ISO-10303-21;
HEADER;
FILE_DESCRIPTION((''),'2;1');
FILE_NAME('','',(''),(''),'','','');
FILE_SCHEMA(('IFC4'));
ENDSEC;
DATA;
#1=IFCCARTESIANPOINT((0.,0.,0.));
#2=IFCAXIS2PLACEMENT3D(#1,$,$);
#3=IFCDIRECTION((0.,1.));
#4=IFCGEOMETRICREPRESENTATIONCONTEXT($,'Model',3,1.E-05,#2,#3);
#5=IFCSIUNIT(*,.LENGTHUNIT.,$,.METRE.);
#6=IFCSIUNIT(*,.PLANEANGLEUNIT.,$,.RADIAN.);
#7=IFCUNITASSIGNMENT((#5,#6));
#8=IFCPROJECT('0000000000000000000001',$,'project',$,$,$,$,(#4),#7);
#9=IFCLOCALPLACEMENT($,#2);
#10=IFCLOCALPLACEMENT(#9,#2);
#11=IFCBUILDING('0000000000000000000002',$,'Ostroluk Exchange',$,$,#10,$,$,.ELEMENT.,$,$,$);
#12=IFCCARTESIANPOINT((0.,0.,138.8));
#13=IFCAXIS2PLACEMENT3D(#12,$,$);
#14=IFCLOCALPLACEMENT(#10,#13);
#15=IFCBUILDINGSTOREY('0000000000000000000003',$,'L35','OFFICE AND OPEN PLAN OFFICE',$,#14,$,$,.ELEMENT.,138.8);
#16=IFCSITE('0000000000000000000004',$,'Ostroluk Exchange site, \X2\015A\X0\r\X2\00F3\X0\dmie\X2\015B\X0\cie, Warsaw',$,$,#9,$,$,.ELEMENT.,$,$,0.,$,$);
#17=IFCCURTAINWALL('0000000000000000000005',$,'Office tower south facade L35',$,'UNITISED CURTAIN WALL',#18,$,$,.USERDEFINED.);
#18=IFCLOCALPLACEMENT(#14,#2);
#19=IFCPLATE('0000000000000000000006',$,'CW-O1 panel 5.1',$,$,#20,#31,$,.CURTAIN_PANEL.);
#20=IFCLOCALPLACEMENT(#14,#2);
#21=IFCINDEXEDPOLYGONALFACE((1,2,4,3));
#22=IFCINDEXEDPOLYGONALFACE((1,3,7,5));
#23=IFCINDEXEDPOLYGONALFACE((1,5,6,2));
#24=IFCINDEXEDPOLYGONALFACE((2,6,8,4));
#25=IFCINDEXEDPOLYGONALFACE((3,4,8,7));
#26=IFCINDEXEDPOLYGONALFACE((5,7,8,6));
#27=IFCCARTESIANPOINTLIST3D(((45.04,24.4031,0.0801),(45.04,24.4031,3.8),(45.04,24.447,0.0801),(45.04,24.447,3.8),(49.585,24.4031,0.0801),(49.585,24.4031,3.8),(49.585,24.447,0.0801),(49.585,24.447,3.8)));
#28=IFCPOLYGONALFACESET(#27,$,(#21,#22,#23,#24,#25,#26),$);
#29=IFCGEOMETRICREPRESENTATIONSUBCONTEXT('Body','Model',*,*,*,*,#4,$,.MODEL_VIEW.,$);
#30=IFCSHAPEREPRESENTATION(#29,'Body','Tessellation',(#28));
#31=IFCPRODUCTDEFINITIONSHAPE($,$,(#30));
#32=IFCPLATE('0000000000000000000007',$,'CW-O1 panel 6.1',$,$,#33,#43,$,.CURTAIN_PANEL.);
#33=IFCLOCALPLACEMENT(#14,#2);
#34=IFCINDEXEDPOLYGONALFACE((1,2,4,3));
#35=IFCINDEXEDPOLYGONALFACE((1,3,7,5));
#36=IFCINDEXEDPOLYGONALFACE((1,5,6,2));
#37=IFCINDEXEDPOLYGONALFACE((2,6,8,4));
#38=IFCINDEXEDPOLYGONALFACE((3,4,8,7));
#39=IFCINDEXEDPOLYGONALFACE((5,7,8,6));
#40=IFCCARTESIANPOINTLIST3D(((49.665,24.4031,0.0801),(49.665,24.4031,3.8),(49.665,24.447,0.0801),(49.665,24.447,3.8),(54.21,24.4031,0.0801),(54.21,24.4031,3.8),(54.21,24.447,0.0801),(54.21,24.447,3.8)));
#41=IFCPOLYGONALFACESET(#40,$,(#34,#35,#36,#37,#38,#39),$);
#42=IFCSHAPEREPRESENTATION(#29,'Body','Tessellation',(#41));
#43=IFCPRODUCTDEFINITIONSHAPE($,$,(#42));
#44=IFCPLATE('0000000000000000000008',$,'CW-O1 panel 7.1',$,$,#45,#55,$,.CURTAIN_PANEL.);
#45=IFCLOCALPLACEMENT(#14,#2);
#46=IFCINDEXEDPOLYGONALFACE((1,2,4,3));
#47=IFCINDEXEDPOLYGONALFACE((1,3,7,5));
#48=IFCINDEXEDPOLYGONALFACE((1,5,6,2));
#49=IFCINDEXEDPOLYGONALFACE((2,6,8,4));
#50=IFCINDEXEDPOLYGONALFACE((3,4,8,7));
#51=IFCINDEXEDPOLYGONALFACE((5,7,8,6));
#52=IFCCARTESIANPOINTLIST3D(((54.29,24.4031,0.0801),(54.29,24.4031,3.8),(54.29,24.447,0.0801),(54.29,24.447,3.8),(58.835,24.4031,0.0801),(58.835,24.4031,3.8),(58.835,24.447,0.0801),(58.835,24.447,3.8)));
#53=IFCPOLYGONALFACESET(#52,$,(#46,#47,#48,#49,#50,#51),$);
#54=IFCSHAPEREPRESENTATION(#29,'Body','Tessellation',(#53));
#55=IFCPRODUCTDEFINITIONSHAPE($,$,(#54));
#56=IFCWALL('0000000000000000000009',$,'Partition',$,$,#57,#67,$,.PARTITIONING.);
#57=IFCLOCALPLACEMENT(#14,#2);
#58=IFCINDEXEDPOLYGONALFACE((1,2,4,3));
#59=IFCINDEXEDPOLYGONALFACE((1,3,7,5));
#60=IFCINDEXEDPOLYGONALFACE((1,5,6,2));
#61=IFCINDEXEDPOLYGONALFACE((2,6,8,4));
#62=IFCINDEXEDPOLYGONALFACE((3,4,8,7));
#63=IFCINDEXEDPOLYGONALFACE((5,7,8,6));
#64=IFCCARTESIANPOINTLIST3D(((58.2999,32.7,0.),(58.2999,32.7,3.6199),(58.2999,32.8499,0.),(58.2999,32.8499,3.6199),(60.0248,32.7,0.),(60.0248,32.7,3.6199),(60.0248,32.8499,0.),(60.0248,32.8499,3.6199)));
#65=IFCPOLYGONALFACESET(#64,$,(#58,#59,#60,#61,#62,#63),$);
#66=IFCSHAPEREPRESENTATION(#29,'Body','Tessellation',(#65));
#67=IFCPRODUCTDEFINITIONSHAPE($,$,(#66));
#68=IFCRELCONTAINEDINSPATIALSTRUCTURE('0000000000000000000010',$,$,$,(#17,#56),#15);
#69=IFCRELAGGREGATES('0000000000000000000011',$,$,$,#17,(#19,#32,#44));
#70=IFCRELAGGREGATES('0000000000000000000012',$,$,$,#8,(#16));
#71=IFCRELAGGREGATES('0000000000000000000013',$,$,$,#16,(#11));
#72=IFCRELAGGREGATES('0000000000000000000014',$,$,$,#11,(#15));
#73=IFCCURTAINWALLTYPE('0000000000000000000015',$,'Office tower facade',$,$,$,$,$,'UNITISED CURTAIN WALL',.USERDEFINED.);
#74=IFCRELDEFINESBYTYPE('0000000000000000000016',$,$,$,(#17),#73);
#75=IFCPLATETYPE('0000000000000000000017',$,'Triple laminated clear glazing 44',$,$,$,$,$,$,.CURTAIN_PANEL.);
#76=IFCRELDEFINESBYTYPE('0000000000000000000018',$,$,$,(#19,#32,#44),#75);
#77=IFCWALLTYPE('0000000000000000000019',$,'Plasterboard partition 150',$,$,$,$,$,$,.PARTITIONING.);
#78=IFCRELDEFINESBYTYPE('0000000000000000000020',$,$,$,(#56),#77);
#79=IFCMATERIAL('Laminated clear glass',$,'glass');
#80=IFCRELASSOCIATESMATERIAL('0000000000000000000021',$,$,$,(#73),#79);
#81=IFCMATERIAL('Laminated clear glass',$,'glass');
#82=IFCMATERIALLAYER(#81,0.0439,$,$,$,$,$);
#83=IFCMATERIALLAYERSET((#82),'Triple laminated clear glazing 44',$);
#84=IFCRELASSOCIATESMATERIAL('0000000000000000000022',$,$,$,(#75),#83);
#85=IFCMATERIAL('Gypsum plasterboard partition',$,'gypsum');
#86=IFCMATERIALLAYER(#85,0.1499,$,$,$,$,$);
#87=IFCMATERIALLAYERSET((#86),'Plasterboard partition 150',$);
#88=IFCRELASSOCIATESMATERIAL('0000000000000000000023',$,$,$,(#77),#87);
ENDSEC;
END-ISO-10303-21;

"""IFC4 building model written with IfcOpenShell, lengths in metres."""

from ifc_helpers import new_model, si_unit, direction, frame, frame_2d, origin, origin_2d, place, context, subcontext, project, spatial, rectangle, extrude, material, layer, layer_set, type_object, element, aggregate, save


model = new_model("IFC4")

# Units and contexts
model_context = context("Model", 3, precision=1e-05, world=origin(), true_north=direction((0.0, 1.0)))
body_context = subcontext(model_context, "Body", "Model", "MODEL_VIEW")
ifc_project = project(units=[si_unit("LENGTHUNIT", "METRE"), si_unit("PLANEANGLEUNIT", "RADIAN")], contexts=[model_context])

# Site, building, storey
site_placement = place(None, origin())
site = spatial("IfcSite", under=ifc_project, at=site_placement, Name="Ostroluk Exchange site, Śródmieście, Warsaw", CompositionType="ELEMENT", RefElevation=0.0)
building_placement = place(site_placement, origin())
building = spatial("IfcBuilding", under=site, at=building_placement, Name="Ostroluk Exchange", CompositionType="ELEMENT")
storey_placement = place(building_placement, frame((0.0, 0.0, 138.8)))
storey = spatial("IfcBuildingStorey", under=building, at=storey_placement, Name="L35", Description="OFFICE AND OPEN PLAN OFFICE", CompositionType="ELEMENT", Elevation=138.8)

# Curtain wall, plates
ifc_material_1 = material(Name="Laminated clear glass", Category="glass")
curtain_wall_type = type_object("IfcCurtainWallType", Name="Office tower facade", ElementType="UNITISED CURTAIN WALL", PredefinedType="USERDEFINED", material=ifc_material_1)
curtain_wall_placement = place(storey_placement, origin())
curtain_wall = element("IfcCurtainWall", 1, at=curtain_wall_placement, inside=storey, type_object=curtain_wall_type, Name="Office tower south facade L35", ObjectType="UNITISED CURTAIN WALL", PredefinedType="USERDEFINED")
ifc_material_2 = material(Name="Laminated clear glass", Category="glass")
ifc_layer_1 = layer(ifc_material_2, 0.0439)
ifc_layer_set_1 = layer_set([ifc_layer_1], Name="Triple laminated clear glazing 44")
plate_type = type_object("IfcPlateType", Name="Triple laminated clear glazing 44", PredefinedType="CURTAIN_PANEL", material=ifc_layer_set_1)
plate_1_placement = place(storey_placement, frame((47.3125, 24.425, 0.0801), z_axis=(0.0, 0.0, 1.0), x_axis=(1.0, 0.0, 0.0)))
plate_1 = element("IfcPlate", 2, at=plate_1_placement, type_object=plate_type, Name="CW-O1 panel 5.1", PredefinedType="CURTAIN_PANEL", context=body_context, shape_type="SweptSolid", body=[
    extrude(rectangle(XDim=4.5449, YDim=0.0439, at=origin_2d()), origin(), (0.0, 0.0, 1.0), 3.72),
])
plate_2_placement = place(storey_placement, frame((51.9375, 24.425, 0.0801), z_axis=(0.0, 0.0, 1.0), x_axis=(1.0, 0.0, 0.0)))
plate_2 = element("IfcPlate", 3, at=plate_2_placement, type_object=plate_type, Name="CW-O1 panel 6.1", PredefinedType="CURTAIN_PANEL", context=body_context, shape_type="SweptSolid", body=[
    extrude(rectangle(XDim=4.5449, YDim=0.0439, at=origin_2d()), origin(), (0.0, 0.0, 1.0), 3.72),
])
plate_3_placement = place(storey_placement, frame((56.5625, 24.425, 0.0801), z_axis=(0.0, 0.0, 1.0), x_axis=(1.0, 0.0, 0.0)))
plate_3 = element("IfcPlate", 4, at=plate_3_placement, type_object=plate_type, Name="CW-O1 panel 7.1", PredefinedType="CURTAIN_PANEL", context=body_context, shape_type="SweptSolid", body=[
    extrude(rectangle(XDim=4.5449, YDim=0.0439, at=origin_2d()), origin(), (0.0, 0.0, 1.0), 3.72),
])
aggregate(curtain_wall, [plate_1, plate_2, plate_3])

# Wall
ifc_material_3 = material(Name="Gypsum plasterboard partition", Category="gypsum")
ifc_layer_2 = layer(ifc_material_3, 0.1499)
ifc_layer_set_2 = layer_set([ifc_layer_2], Name="Plasterboard partition 150")
wall_type = type_object("IfcWallType", Name="Plasterboard partition 150", PredefinedType="PARTITIONING", material=ifc_layer_set_2)
wall_placement = place(storey_placement, frame((58.3, 32.7749, 0.0), z_axis=(0.0, 0.0, 1.0), x_axis=(1.0, 0.0, 0.0)))
element("IfcWall", 5, at=wall_placement, inside=storey, type_object=wall_type, Name="Partition", PredefinedType="PARTITIONING", context=body_context, shape_type="SweptSolid", body=[
    extrude(rectangle(XDim=1.7249, YDim=0.1499, at=frame_2d((0.8623, 0.0))), origin(), (0.0, 0.0, 1.0), 3.6199),
])

save(model, "model.ifc")
